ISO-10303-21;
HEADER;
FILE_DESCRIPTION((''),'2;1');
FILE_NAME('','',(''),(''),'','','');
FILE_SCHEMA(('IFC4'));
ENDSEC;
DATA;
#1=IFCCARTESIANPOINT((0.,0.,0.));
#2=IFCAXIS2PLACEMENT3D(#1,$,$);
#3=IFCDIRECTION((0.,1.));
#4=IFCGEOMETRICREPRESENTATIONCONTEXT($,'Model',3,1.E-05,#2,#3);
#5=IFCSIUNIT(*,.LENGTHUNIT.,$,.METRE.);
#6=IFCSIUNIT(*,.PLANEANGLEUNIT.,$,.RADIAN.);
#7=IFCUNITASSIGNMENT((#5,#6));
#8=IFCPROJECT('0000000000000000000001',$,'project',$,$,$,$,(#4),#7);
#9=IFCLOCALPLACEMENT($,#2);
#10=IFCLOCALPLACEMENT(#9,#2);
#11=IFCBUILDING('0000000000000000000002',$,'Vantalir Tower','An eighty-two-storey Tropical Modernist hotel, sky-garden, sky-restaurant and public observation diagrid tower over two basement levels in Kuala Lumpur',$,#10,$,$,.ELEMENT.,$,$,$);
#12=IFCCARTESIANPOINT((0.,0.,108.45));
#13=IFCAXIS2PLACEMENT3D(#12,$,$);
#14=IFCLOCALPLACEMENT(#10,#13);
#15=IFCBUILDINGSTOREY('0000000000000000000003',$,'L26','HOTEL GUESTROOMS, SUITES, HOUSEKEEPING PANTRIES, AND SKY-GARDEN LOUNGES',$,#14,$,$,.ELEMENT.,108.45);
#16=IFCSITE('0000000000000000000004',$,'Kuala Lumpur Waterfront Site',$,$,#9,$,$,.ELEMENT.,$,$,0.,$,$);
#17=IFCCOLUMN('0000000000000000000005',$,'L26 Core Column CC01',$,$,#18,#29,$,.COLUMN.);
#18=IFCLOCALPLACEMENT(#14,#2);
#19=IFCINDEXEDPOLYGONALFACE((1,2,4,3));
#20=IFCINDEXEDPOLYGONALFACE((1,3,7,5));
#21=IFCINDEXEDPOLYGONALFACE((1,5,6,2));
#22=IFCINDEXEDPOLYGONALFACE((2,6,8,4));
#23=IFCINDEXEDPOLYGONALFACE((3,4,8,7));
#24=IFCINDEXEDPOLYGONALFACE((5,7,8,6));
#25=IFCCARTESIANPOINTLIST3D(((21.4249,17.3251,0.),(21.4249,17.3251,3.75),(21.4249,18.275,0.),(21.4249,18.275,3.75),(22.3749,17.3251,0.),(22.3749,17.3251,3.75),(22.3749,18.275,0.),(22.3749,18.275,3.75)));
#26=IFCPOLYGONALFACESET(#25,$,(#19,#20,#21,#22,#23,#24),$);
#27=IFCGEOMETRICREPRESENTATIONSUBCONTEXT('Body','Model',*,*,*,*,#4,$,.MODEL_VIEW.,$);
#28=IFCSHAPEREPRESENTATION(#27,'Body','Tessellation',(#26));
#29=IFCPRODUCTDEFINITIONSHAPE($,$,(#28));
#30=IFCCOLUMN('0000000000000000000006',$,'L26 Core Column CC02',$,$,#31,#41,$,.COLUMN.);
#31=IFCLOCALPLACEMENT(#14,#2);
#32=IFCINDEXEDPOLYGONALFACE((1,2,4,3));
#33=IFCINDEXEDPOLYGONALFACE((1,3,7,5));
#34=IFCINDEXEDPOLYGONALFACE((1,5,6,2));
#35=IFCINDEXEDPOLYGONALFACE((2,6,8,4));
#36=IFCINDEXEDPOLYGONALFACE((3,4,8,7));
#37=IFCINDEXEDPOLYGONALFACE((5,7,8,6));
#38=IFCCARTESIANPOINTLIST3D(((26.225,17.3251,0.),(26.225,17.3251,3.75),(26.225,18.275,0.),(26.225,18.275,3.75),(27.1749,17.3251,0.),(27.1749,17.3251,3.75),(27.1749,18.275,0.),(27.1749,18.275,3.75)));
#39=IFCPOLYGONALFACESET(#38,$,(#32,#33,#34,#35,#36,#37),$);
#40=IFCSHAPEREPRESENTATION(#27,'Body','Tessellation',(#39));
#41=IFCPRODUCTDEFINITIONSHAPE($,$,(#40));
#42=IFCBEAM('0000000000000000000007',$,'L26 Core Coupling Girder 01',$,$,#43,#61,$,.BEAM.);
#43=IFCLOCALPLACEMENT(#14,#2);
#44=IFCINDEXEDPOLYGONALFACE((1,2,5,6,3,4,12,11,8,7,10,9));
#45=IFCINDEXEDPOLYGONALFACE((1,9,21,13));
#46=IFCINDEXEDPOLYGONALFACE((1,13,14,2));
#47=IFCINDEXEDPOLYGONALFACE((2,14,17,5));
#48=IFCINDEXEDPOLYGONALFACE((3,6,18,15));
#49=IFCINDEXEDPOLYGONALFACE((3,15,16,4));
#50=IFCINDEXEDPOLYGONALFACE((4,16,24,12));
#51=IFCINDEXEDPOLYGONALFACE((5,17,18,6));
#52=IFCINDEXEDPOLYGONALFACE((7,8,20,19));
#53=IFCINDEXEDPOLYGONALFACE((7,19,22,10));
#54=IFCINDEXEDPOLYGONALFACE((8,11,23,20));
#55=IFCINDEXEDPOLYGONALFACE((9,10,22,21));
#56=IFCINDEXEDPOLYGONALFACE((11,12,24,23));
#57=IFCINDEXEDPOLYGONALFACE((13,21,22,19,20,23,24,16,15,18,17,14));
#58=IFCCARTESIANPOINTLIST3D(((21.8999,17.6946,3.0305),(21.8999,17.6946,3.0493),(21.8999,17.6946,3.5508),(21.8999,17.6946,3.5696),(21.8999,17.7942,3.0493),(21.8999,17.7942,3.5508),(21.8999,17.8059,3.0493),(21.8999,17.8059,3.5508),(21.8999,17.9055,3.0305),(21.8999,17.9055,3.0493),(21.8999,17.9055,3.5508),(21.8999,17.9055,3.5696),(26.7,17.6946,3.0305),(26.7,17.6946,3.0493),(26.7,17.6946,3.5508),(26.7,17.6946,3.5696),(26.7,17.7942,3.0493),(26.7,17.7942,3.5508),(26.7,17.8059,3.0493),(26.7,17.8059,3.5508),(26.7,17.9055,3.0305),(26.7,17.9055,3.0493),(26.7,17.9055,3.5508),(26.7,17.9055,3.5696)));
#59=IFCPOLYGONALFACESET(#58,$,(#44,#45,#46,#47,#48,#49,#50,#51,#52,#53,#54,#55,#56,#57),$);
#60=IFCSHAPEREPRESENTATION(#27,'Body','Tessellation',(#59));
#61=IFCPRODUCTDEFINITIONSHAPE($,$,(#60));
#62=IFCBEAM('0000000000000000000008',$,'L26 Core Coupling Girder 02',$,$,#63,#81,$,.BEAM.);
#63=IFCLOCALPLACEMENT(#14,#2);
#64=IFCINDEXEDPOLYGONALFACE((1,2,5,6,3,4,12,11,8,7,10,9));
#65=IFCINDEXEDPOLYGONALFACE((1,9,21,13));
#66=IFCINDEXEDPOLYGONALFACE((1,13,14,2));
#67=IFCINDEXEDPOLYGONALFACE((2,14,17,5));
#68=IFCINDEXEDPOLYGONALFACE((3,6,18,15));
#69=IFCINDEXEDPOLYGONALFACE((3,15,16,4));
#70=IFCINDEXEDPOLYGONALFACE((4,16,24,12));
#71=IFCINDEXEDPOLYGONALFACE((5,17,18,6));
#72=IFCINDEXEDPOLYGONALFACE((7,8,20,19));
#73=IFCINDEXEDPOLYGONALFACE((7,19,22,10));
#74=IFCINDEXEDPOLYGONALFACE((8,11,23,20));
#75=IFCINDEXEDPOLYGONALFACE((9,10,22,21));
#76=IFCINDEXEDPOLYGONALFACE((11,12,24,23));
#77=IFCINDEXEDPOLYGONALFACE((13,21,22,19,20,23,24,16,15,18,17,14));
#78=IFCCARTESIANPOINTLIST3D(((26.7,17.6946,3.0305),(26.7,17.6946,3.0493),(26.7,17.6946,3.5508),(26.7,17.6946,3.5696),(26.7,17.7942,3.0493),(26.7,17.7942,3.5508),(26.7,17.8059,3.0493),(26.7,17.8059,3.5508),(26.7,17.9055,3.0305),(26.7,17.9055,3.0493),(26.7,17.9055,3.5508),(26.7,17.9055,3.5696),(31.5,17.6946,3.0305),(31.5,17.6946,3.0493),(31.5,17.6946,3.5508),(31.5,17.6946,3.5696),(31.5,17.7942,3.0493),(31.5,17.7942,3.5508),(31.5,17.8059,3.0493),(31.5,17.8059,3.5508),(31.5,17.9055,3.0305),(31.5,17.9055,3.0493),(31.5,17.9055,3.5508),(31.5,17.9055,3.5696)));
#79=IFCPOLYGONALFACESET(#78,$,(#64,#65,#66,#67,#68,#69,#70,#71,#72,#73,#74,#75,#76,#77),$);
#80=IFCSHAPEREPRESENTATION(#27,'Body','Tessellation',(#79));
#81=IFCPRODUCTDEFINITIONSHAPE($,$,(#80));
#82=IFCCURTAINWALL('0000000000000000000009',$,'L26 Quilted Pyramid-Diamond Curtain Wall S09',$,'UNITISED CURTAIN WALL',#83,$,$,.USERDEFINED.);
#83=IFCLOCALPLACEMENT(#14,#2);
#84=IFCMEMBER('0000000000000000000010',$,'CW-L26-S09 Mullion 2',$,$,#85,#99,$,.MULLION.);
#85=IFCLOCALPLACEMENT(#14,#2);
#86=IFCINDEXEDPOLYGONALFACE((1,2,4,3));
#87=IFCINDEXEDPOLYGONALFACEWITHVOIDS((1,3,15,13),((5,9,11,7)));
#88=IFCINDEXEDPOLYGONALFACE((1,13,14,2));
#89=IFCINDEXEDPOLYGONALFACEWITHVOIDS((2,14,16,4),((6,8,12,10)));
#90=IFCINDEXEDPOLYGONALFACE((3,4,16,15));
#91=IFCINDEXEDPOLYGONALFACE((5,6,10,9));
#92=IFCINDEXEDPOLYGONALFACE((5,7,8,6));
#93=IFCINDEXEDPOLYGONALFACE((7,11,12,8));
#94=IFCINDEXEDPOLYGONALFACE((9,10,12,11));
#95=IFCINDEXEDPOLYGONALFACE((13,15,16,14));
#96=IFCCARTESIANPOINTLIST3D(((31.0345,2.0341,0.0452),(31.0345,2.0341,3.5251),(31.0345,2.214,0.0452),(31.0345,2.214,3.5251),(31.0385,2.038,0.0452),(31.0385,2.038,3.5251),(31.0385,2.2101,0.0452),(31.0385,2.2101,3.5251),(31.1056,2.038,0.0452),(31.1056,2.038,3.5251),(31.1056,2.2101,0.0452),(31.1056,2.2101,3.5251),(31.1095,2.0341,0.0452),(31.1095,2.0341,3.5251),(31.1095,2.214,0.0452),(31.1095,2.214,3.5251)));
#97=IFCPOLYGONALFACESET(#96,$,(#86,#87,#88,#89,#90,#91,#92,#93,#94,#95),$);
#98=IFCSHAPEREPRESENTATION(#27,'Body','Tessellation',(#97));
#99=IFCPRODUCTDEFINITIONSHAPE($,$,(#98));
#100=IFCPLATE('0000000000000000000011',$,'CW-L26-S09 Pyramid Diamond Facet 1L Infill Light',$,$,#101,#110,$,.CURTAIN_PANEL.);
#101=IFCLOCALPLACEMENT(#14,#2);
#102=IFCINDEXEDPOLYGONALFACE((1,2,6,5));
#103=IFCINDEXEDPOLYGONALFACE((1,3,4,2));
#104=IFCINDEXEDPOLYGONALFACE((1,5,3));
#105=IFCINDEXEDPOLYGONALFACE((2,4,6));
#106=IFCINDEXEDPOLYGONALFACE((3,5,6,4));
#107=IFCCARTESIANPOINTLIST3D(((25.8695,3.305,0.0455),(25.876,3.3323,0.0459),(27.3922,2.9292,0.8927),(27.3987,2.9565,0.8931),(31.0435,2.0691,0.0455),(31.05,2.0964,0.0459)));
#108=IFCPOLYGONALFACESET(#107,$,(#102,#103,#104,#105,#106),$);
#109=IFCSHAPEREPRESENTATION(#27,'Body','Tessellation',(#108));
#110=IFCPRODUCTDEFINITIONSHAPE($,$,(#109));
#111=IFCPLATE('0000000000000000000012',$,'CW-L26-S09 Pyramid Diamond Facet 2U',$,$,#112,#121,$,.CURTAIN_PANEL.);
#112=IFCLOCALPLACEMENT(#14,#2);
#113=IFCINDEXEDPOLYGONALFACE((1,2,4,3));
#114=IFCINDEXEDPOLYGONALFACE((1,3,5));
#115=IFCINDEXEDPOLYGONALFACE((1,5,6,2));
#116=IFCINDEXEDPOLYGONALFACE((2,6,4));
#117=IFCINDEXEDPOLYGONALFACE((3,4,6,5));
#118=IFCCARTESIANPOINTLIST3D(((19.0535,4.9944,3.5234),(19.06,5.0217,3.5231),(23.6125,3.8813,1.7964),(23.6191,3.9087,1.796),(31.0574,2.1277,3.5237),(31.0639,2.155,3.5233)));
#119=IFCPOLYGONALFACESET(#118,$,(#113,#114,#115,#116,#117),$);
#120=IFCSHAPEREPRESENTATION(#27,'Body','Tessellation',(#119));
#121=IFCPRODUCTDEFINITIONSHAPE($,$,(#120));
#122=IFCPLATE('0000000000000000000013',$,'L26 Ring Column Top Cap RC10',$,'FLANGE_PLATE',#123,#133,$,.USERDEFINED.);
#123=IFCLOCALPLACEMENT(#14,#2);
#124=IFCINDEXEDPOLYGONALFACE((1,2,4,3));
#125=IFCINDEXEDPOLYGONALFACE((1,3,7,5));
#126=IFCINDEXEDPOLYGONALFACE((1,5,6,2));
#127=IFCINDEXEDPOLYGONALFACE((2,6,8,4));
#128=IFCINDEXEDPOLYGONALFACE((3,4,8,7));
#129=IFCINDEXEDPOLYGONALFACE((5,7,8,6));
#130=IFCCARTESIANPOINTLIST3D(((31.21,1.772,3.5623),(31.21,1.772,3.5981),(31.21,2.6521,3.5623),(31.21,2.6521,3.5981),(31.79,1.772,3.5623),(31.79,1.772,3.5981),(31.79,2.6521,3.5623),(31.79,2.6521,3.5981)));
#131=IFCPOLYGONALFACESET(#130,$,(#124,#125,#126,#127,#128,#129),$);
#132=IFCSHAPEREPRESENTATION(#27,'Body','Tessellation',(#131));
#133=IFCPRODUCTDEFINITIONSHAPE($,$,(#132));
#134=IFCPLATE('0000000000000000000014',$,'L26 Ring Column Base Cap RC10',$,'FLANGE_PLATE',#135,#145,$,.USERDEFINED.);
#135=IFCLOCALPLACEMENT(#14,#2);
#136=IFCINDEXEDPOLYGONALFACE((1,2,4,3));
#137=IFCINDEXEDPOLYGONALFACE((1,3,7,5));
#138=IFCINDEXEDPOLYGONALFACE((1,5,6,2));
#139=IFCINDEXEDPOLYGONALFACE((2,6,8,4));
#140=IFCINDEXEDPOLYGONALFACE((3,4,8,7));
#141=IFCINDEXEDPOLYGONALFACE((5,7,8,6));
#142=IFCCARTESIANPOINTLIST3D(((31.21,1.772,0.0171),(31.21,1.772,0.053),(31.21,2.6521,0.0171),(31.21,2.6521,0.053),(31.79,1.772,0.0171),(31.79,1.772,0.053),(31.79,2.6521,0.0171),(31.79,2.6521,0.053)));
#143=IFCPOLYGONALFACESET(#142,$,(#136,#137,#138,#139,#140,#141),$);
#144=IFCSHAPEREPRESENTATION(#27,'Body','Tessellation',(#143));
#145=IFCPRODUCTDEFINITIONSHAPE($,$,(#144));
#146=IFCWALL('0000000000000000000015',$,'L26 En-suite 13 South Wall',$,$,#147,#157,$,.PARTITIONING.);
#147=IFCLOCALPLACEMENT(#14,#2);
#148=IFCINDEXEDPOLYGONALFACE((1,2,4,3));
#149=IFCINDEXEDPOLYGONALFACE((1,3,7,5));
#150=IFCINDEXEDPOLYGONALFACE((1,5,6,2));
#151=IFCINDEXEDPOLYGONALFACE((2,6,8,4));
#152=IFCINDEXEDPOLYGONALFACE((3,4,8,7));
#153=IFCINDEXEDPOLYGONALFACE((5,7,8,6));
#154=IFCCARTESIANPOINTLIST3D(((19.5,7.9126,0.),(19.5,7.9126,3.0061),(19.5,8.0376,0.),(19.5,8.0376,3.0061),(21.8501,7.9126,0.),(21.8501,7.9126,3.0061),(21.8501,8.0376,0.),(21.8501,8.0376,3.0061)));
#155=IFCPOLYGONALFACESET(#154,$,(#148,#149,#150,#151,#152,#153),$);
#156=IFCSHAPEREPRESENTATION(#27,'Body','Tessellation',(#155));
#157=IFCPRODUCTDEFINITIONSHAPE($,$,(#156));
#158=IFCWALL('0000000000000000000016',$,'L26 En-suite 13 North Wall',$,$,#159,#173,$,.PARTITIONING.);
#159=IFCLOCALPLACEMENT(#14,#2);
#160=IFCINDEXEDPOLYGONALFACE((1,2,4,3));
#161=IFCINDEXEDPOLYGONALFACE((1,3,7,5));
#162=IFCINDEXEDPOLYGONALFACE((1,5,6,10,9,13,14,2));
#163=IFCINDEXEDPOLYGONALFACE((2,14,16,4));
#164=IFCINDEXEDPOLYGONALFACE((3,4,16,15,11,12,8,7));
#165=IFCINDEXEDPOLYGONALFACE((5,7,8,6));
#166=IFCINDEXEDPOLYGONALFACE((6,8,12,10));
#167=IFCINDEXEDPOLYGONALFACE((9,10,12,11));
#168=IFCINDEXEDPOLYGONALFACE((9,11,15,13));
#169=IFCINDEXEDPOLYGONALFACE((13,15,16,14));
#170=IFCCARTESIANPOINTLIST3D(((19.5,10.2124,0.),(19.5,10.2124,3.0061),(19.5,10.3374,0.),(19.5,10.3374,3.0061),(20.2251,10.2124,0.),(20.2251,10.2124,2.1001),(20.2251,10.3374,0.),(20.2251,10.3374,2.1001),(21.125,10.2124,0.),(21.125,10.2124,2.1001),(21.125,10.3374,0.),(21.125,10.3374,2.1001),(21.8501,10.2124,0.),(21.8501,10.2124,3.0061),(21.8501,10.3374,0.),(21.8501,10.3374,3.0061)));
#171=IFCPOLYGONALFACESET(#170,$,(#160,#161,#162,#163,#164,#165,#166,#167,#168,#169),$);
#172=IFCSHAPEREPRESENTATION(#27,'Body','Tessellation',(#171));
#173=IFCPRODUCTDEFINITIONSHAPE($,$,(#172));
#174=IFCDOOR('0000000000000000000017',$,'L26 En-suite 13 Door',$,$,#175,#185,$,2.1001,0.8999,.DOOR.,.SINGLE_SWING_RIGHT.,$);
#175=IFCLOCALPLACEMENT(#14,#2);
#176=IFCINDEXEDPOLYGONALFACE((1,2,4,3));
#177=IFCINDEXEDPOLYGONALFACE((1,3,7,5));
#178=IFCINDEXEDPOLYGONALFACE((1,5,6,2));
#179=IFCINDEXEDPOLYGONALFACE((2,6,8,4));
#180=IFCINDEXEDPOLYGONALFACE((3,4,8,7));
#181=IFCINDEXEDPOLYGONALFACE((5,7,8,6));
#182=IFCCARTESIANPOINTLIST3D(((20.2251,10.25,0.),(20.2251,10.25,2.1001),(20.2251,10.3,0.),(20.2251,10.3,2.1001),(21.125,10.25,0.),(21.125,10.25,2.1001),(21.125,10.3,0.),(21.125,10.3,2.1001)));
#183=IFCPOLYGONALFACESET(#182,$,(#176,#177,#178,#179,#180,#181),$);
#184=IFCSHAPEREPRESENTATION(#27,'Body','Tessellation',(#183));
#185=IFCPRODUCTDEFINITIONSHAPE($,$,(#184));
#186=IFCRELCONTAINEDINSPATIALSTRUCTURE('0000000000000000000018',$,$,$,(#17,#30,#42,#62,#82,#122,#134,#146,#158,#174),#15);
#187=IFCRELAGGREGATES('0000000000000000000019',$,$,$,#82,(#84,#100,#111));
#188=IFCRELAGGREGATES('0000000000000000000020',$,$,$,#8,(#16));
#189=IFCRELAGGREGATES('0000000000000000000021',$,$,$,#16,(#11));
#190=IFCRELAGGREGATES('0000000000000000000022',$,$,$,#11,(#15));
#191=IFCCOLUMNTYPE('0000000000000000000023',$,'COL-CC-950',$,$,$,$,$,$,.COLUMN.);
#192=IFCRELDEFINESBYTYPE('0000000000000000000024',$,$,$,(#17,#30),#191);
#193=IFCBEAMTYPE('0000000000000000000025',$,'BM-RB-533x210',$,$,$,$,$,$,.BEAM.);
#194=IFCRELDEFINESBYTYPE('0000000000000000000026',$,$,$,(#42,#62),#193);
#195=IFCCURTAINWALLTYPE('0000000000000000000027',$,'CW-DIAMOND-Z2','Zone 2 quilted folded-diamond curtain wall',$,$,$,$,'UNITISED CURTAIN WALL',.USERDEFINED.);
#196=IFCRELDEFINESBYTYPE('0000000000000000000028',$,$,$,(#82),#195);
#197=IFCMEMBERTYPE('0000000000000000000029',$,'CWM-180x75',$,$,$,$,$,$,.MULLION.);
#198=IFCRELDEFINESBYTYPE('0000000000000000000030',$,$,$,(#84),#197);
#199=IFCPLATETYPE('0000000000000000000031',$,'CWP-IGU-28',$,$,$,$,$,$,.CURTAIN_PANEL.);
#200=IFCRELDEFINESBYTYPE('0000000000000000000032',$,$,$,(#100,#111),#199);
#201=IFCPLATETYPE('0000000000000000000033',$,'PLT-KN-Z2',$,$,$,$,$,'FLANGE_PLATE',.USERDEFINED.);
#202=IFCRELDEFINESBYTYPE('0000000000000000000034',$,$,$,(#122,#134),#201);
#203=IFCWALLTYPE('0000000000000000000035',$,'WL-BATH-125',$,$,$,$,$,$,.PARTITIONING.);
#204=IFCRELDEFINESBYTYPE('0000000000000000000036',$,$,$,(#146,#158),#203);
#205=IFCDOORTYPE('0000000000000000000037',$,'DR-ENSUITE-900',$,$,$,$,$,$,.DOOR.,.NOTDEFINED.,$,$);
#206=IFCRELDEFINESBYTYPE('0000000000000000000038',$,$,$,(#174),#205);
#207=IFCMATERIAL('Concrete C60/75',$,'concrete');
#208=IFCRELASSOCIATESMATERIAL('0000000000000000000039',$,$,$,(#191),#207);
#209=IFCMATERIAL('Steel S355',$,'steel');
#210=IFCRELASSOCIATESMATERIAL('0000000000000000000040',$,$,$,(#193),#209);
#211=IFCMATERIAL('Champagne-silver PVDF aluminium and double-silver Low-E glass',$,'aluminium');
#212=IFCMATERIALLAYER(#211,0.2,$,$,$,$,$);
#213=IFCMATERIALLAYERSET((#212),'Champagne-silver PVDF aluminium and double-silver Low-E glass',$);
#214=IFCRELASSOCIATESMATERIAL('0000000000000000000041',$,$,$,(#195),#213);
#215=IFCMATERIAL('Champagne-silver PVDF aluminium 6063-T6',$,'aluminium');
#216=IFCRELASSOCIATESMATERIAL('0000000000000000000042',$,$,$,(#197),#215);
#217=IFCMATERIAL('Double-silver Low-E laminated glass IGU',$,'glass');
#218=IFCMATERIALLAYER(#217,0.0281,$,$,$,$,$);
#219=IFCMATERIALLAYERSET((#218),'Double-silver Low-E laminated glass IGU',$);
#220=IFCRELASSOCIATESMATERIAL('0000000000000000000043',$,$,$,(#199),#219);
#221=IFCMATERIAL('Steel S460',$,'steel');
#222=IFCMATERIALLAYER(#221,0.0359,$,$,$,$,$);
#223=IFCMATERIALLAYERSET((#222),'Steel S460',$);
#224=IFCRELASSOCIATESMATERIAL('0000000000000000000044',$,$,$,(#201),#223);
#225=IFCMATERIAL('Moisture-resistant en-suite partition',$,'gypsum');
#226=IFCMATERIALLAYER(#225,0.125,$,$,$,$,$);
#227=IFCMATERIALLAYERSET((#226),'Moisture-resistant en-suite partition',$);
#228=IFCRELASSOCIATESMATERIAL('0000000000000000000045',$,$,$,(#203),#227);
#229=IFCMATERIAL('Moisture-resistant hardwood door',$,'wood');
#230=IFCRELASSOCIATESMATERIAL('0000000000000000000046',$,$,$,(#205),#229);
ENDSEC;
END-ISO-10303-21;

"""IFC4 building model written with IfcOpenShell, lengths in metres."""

from ifc_helpers import new_model, si_unit, direction, frame, frame_2d, origin, origin_2d, place, context, subcontext, project, spatial, polyline, rectangle, hollow_rectangle, i_section, outline, extrude, material, layer, layer_set, material_profile, profile_set, type_object, element, fill, aggregate, save


model = new_model("IFC4")

# Units and contexts
model_context = context("Model", 3, precision=1e-05, world=origin(), true_north=direction((0.0, 1.0)))
body_context = subcontext(model_context, "Body", "Model", "MODEL_VIEW")
ifc_project = project(units=[si_unit("LENGTHUNIT", "METRE"), si_unit("PLANEANGLEUNIT", "RADIAN")], contexts=[model_context])

# Site, building, storey
site_placement = place(None, origin())
site = spatial("IfcSite", under=ifc_project, at=site_placement, Name="Kuala Lumpur Waterfront Site", CompositionType="ELEMENT", RefElevation=0.0)
building_placement = place(site_placement, origin())
building = spatial("IfcBuilding", under=site, at=building_placement, Name="Vantalir Tower", Description="An eighty-two-storey Tropical Modernist hotel, sky-garden, sky-restaurant and public observation diagrid tower over two basement levels in Kuala Lumpur", CompositionType="ELEMENT")
storey_placement = place(building_placement, frame((0.0, 0.0, 108.45)))
storey = spatial("IfcBuildingStorey", under=building, at=storey_placement, Name="L26", Description="HOTEL GUESTROOMS, SUITES, HOUSEKEEPING PANTRIES, AND SKY-GARDEN LOUNGES", CompositionType="ELEMENT", Elevation=108.45)

# Columns
ifc_material_1 = material(Name="Concrete C60/75", Category="concrete")
ifc_material_profile_1 = material_profile(ifc_material_1, rectangle(XDim=0.95, YDim=0.95, at=origin_2d()), Name="Concrete C60/75")
ifc_profile_set_1 = profile_set([ifc_material_profile_1], Name="Concrete C60/75")
column_type = type_object("IfcColumnType", Name="COL-CC-950", PredefinedType="COLUMN", material=ifc_profile_set_1)
for number, where, z_axis, x_axis, name in (
    (1, (21.8999, 17.8, 0.0), (0.0, 0.0, 1.0), (1.0, 0.0, 0.0), "L26 Core Column CC01"),
    (2, (26.7, 17.8, 0.0), (0.0, 0.0, 1.0), (1.0, 0.0, 0.0), "L26 Core Column CC02"),
):
    element("IfcColumn", number, at=place(storey_placement, frame(where, z_axis=z_axis, x_axis=x_axis)), inside=storey, type_object=column_type, Name=name, PredefinedType="COLUMN", context=body_context, shape_type="SweptSolid", body=[
        extrude(rectangle(XDim=0.95, YDim=0.95, at=origin_2d()), origin(), (0.0, 0.0, 1.0), 3.75),
    ])

# Beams
ifc_material_2 = material(Name="Steel S355", Category="steel")
ifc_material_profile_2 = material_profile(ifc_material_2, i_section(OverallWidth=0.2109, OverallDepth=0.5391, WebThickness=0.0117, FlangeThickness=0.0188, at=origin_2d()), Name="Steel S355")
ifc_profile_set_2 = profile_set([ifc_material_profile_2], Name="Steel S355")
beam_type = type_object("IfcBeamType", Name="BM-RB-533x210", PredefinedType="BEAM", material=ifc_profile_set_2)
for number, where, z_axis, x_axis, name in (
    (3, (21.8999, 17.8, 3.3), (1.0, 0.0, 0.0), (0.0, 1.0, 0.0), "L26 Core Coupling Girder 01"),
    (4, (26.7, 17.8, 3.3), (1.0, 0.0, 0.0), (0.0, 1.0, 0.0), "L26 Core Coupling Girder 02"),
):
    element("IfcBeam", number, at=place(storey_placement, frame(where, z_axis=z_axis, x_axis=x_axis)), inside=storey, type_object=beam_type, Name=name, PredefinedType="BEAM", context=body_context, shape_type="SweptSolid", body=[
        extrude(i_section(OverallWidth=0.2109, OverallDepth=0.5391, WebThickness=0.0117, FlangeThickness=0.0188, at=origin_2d()), origin(), (0.0, 0.0, 1.0), 4.8),
    ])

# Curtain wall, member, plates
ifc_material_3 = material(Name="Champagne-silver PVDF aluminium and double-silver Low-E glass", Category="aluminium")
ifc_layer_1 = layer(ifc_material_3, 0.2)
ifc_layer_set_1 = layer_set([ifc_layer_1], Name="Champagne-silver PVDF aluminium and double-silver Low-E glass")
curtain_wall_type = type_object("IfcCurtainWallType", Name="CW-DIAMOND-Z2", Description="Zone 2 quilted folded-diamond curtain wall", ElementType="UNITISED CURTAIN WALL", PredefinedType="USERDEFINED", material=ifc_layer_set_1)
curtain_wall_placement = place(storey_placement, origin())
curtain_wall = element("IfcCurtainWall", 5, at=curtain_wall_placement, inside=storey, type_object=curtain_wall_type, Name="L26 Quilted Pyramid-Diamond Curtain Wall S09", ObjectType="UNITISED CURTAIN WALL", PredefinedType="USERDEFINED")
ifc_material_4 = material(Name="Champagne-silver PVDF aluminium 6063-T6", Category="aluminium")
ifc_material_profile_3 = material_profile(ifc_material_4, hollow_rectangle(XDim=0.075, YDim=0.1799, WallThickness=0.0039, at=origin_2d()), Name="Champagne-silver PVDF aluminium 6063-T6")
ifc_profile_set_3 = profile_set([ifc_material_profile_3], Name="Champagne-silver PVDF aluminium 6063-T6")
member_type = type_object("IfcMemberType", Name="CWM-180x75", PredefinedType="MULLION", material=ifc_profile_set_3)
member_placement = place(storey_placement, frame((31.072, 2.124, 0.0452), z_axis=(0.0, 0.0, 1.0), x_axis=(1.0, 0.0, 0.0)))
member = element("IfcMember", 6, at=member_placement, type_object=member_type, Name="CW-L26-S09 Mullion 2", PredefinedType="MULLION", context=body_context, shape_type="SweptSolid", body=[
    extrude(hollow_rectangle(XDim=0.075, YDim=0.1799, WallThickness=0.0039, at=origin_2d()), origin(), (0.0, 0.0, 1.0), 3.48),
])
ifc_material_5 = material(Name="Double-silver Low-E laminated glass IGU", Category="glass")
ifc_layer_2 = layer(ifc_material_5, 0.0281)
ifc_layer_set_2 = layer_set([ifc_layer_2], Name="Double-silver Low-E laminated glass IGU")
plate_type_1 = type_object("IfcPlateType", Name="CWP-IGU-28", PredefinedType="CURTAIN_PANEL", material=ifc_layer_set_2)
plate_1_placement = place(storey_placement, frame((25.876, 3.3323, 0.0459), z_axis=(0.232295, 0.972547, 0.013811), x_axis=(0.97264, -0.232317, 0.0)))
plate_1 = element("IfcPlate", 7, at=plate_1_placement, type_object=plate_type_1, Name="CW-L26-S09 Pyramid Diamond Facet 1L Infill Light", PredefinedType="CURTAIN_PANEL", context=body_context, shape_type="SweptSolid", body=[
    extrude(outline(polyline([(0.0, 0.0), (5.3196, 0.0), (1.5683, -0.8472), (0.0, 0.0)])), origin(), (0.0, 0.0, -1.0), 0.0281),
])
plate_2_placement = place(storey_placement, frame((31.0574, 2.1277, 3.5237), z_axis=(-0.232261, -0.972558, 0.013664), x_axis=(-0.972648, 0.232282, -0.00002)))
plate_2 = element("IfcPlate", 8, at=plate_2_placement, type_object=plate_type_1, Name="CW-L26-S09 Pyramid Diamond Facet 2U", PredefinedType="CURTAIN_PANEL", context=body_context, shape_type="SweptSolid", body=[
    extrude(outline(polyline([(0.0, 0.0), (12.3415, 0.0), (7.6486, 1.7273), (0.0, 0.0)])), origin(), (0.0, 0.0, -1.0), 0.0281),
])
aggregate(curtain_wall, [member, plate_1, plate_2])

# Plates
ifc_material_6 = material(Name="Steel S460", Category="steel")
ifc_layer_3 = layer(ifc_material_6, 0.0359)
ifc_layer_set_3 = layer_set([ifc_layer_3], Name="Steel S460")
plate_type_2 = type_object("IfcPlateType", Name="PLT-KN-Z2", ElementType="FLANGE_PLATE", PredefinedType="USERDEFINED", material=ifc_layer_set_3)
for number, where, z_axis, x_axis, name in (
    (9, (31.21, 2.6521, 3.5981), (0.0, 0.0, 1.0), (0.0, -1.0, 0.0), "L26 Ring Column Top Cap RC10"),
    (10, (31.21, 2.6521, 0.053), (0.0, 0.0, 1.0), (0.0, -1.0, 0.0), "L26 Ring Column Base Cap RC10"),
):
    element("IfcPlate", number, at=place(storey_placement, frame(where, z_axis=z_axis, x_axis=x_axis)), inside=storey, type_object=plate_type_2, Name=name, ObjectType="FLANGE_PLATE", PredefinedType="USERDEFINED", context=body_context, shape_type="SweptSolid", body=[
        extrude(outline(polyline([(0.0, 0.0), (0.8801, 0.0), (0.8801, 0.5801), (0.0, 0.5801), (0.0, 0.0)])), origin(), (0.0, 0.0, -1.0), 0.0359),
    ])

# Wall
ifc_material_7 = material(Name="Moisture-resistant en-suite partition", Category="gypsum")
ifc_layer_4 = layer(ifc_material_7, 0.125)
ifc_layer_set_4 = layer_set([ifc_layer_4], Name="Moisture-resistant en-suite partition")
wall_type_1 = type_object("IfcWallType", Name="WL-BATH-125", PredefinedType="PARTITIONING", material=ifc_layer_set_4)
wall_1_placement = place(storey_placement, frame((19.5, 7.9751, 0.0), z_axis=(0.0, 0.0, 1.0), x_axis=(1.0, 0.0, 0.0)))
element("IfcWall", 11, at=wall_1_placement, inside=storey, type_object=wall_type_1, Name="L26 En-suite 13 South Wall", PredefinedType="PARTITIONING", context=body_context, shape_type="SweptSolid", body=[
    extrude(rectangle(XDim=2.3501, YDim=0.125, at=frame_2d((1.175, 0.0))), origin(), (0.0, 0.0, 1.0), 3.0061),
])

# Wall, opening, door
wall_2_placement = place(storey_placement, frame((19.5, 10.2749, 0.0), z_axis=(0.0, 0.0, 1.0), x_axis=(1.0, 0.0, 0.0)))
wall_2 = element("IfcWall", 12, at=wall_2_placement, inside=storey, type_object=wall_type_1, Name="L26 En-suite 13 North Wall", PredefinedType="PARTITIONING", context=body_context, shape_type="SweptSolid", body=[
    extrude(rectangle(XDim=2.3501, YDim=0.125, at=frame_2d((1.175, 0.0))), origin(), (0.0, 0.0, 1.0), 3.0061),
])
opening_1_placement = place(wall_2_placement, frame((0.7251, 0.0, 0.0)))
opening_1 = element("IfcOpeningElement", 13, at=opening_1_placement, cuts=wall_2, PredefinedType="OPENING", context=body_context, shape_type="SweptSolid", body=[
    extrude(rectangle(XDim=0.8999, YDim=2.1001, at=frame_2d((0.45, 1.05))), frame((0.0, 0.0725, 0.0), z_axis=(0.0, -1.0, 0.0), x_axis=(1.0, 0.0, 0.0)), (0.0, 0.0, 1.0), 0.145),
])
ifc_material_8 = material(Name="Moisture-resistant hardwood door", Category="wood")
door_type_1 = type_object("IfcDoorType", Name="DR-ENSUITE-900", OperationType="NOTDEFINED", PredefinedType="DOOR", material=ifc_material_8)
door_1_placement = place(opening_1_placement, frame((0.8999, 0.0, 0.0), z_axis=(0.0, 0.0, 1.0), x_axis=(-1.0, 0.0, 0.0)))
door_1 = element("IfcDoor", 14, at=door_1_placement, inside=storey, type_object=door_type_1, Name="L26 En-suite 13 Door", OperationType="SINGLE_SWING_RIGHT", OverallHeight=2.1001, OverallWidth=0.8999, PredefinedType="DOOR", context=body_context, shape_type="SweptSolid", body=[
    extrude(rectangle(XDim=0.8999, YDim=2.1001, at=frame_2d((0.45, 1.05))), frame((0.0, 0.0249, 0.0), z_axis=(0.0, -1.0, 0.0), x_axis=(1.0, 0.0, 0.0)), (0.0, 0.0, 1.0), 0.05),
])
fill(opening_1, door_1)

save(model, "model.ifc")
